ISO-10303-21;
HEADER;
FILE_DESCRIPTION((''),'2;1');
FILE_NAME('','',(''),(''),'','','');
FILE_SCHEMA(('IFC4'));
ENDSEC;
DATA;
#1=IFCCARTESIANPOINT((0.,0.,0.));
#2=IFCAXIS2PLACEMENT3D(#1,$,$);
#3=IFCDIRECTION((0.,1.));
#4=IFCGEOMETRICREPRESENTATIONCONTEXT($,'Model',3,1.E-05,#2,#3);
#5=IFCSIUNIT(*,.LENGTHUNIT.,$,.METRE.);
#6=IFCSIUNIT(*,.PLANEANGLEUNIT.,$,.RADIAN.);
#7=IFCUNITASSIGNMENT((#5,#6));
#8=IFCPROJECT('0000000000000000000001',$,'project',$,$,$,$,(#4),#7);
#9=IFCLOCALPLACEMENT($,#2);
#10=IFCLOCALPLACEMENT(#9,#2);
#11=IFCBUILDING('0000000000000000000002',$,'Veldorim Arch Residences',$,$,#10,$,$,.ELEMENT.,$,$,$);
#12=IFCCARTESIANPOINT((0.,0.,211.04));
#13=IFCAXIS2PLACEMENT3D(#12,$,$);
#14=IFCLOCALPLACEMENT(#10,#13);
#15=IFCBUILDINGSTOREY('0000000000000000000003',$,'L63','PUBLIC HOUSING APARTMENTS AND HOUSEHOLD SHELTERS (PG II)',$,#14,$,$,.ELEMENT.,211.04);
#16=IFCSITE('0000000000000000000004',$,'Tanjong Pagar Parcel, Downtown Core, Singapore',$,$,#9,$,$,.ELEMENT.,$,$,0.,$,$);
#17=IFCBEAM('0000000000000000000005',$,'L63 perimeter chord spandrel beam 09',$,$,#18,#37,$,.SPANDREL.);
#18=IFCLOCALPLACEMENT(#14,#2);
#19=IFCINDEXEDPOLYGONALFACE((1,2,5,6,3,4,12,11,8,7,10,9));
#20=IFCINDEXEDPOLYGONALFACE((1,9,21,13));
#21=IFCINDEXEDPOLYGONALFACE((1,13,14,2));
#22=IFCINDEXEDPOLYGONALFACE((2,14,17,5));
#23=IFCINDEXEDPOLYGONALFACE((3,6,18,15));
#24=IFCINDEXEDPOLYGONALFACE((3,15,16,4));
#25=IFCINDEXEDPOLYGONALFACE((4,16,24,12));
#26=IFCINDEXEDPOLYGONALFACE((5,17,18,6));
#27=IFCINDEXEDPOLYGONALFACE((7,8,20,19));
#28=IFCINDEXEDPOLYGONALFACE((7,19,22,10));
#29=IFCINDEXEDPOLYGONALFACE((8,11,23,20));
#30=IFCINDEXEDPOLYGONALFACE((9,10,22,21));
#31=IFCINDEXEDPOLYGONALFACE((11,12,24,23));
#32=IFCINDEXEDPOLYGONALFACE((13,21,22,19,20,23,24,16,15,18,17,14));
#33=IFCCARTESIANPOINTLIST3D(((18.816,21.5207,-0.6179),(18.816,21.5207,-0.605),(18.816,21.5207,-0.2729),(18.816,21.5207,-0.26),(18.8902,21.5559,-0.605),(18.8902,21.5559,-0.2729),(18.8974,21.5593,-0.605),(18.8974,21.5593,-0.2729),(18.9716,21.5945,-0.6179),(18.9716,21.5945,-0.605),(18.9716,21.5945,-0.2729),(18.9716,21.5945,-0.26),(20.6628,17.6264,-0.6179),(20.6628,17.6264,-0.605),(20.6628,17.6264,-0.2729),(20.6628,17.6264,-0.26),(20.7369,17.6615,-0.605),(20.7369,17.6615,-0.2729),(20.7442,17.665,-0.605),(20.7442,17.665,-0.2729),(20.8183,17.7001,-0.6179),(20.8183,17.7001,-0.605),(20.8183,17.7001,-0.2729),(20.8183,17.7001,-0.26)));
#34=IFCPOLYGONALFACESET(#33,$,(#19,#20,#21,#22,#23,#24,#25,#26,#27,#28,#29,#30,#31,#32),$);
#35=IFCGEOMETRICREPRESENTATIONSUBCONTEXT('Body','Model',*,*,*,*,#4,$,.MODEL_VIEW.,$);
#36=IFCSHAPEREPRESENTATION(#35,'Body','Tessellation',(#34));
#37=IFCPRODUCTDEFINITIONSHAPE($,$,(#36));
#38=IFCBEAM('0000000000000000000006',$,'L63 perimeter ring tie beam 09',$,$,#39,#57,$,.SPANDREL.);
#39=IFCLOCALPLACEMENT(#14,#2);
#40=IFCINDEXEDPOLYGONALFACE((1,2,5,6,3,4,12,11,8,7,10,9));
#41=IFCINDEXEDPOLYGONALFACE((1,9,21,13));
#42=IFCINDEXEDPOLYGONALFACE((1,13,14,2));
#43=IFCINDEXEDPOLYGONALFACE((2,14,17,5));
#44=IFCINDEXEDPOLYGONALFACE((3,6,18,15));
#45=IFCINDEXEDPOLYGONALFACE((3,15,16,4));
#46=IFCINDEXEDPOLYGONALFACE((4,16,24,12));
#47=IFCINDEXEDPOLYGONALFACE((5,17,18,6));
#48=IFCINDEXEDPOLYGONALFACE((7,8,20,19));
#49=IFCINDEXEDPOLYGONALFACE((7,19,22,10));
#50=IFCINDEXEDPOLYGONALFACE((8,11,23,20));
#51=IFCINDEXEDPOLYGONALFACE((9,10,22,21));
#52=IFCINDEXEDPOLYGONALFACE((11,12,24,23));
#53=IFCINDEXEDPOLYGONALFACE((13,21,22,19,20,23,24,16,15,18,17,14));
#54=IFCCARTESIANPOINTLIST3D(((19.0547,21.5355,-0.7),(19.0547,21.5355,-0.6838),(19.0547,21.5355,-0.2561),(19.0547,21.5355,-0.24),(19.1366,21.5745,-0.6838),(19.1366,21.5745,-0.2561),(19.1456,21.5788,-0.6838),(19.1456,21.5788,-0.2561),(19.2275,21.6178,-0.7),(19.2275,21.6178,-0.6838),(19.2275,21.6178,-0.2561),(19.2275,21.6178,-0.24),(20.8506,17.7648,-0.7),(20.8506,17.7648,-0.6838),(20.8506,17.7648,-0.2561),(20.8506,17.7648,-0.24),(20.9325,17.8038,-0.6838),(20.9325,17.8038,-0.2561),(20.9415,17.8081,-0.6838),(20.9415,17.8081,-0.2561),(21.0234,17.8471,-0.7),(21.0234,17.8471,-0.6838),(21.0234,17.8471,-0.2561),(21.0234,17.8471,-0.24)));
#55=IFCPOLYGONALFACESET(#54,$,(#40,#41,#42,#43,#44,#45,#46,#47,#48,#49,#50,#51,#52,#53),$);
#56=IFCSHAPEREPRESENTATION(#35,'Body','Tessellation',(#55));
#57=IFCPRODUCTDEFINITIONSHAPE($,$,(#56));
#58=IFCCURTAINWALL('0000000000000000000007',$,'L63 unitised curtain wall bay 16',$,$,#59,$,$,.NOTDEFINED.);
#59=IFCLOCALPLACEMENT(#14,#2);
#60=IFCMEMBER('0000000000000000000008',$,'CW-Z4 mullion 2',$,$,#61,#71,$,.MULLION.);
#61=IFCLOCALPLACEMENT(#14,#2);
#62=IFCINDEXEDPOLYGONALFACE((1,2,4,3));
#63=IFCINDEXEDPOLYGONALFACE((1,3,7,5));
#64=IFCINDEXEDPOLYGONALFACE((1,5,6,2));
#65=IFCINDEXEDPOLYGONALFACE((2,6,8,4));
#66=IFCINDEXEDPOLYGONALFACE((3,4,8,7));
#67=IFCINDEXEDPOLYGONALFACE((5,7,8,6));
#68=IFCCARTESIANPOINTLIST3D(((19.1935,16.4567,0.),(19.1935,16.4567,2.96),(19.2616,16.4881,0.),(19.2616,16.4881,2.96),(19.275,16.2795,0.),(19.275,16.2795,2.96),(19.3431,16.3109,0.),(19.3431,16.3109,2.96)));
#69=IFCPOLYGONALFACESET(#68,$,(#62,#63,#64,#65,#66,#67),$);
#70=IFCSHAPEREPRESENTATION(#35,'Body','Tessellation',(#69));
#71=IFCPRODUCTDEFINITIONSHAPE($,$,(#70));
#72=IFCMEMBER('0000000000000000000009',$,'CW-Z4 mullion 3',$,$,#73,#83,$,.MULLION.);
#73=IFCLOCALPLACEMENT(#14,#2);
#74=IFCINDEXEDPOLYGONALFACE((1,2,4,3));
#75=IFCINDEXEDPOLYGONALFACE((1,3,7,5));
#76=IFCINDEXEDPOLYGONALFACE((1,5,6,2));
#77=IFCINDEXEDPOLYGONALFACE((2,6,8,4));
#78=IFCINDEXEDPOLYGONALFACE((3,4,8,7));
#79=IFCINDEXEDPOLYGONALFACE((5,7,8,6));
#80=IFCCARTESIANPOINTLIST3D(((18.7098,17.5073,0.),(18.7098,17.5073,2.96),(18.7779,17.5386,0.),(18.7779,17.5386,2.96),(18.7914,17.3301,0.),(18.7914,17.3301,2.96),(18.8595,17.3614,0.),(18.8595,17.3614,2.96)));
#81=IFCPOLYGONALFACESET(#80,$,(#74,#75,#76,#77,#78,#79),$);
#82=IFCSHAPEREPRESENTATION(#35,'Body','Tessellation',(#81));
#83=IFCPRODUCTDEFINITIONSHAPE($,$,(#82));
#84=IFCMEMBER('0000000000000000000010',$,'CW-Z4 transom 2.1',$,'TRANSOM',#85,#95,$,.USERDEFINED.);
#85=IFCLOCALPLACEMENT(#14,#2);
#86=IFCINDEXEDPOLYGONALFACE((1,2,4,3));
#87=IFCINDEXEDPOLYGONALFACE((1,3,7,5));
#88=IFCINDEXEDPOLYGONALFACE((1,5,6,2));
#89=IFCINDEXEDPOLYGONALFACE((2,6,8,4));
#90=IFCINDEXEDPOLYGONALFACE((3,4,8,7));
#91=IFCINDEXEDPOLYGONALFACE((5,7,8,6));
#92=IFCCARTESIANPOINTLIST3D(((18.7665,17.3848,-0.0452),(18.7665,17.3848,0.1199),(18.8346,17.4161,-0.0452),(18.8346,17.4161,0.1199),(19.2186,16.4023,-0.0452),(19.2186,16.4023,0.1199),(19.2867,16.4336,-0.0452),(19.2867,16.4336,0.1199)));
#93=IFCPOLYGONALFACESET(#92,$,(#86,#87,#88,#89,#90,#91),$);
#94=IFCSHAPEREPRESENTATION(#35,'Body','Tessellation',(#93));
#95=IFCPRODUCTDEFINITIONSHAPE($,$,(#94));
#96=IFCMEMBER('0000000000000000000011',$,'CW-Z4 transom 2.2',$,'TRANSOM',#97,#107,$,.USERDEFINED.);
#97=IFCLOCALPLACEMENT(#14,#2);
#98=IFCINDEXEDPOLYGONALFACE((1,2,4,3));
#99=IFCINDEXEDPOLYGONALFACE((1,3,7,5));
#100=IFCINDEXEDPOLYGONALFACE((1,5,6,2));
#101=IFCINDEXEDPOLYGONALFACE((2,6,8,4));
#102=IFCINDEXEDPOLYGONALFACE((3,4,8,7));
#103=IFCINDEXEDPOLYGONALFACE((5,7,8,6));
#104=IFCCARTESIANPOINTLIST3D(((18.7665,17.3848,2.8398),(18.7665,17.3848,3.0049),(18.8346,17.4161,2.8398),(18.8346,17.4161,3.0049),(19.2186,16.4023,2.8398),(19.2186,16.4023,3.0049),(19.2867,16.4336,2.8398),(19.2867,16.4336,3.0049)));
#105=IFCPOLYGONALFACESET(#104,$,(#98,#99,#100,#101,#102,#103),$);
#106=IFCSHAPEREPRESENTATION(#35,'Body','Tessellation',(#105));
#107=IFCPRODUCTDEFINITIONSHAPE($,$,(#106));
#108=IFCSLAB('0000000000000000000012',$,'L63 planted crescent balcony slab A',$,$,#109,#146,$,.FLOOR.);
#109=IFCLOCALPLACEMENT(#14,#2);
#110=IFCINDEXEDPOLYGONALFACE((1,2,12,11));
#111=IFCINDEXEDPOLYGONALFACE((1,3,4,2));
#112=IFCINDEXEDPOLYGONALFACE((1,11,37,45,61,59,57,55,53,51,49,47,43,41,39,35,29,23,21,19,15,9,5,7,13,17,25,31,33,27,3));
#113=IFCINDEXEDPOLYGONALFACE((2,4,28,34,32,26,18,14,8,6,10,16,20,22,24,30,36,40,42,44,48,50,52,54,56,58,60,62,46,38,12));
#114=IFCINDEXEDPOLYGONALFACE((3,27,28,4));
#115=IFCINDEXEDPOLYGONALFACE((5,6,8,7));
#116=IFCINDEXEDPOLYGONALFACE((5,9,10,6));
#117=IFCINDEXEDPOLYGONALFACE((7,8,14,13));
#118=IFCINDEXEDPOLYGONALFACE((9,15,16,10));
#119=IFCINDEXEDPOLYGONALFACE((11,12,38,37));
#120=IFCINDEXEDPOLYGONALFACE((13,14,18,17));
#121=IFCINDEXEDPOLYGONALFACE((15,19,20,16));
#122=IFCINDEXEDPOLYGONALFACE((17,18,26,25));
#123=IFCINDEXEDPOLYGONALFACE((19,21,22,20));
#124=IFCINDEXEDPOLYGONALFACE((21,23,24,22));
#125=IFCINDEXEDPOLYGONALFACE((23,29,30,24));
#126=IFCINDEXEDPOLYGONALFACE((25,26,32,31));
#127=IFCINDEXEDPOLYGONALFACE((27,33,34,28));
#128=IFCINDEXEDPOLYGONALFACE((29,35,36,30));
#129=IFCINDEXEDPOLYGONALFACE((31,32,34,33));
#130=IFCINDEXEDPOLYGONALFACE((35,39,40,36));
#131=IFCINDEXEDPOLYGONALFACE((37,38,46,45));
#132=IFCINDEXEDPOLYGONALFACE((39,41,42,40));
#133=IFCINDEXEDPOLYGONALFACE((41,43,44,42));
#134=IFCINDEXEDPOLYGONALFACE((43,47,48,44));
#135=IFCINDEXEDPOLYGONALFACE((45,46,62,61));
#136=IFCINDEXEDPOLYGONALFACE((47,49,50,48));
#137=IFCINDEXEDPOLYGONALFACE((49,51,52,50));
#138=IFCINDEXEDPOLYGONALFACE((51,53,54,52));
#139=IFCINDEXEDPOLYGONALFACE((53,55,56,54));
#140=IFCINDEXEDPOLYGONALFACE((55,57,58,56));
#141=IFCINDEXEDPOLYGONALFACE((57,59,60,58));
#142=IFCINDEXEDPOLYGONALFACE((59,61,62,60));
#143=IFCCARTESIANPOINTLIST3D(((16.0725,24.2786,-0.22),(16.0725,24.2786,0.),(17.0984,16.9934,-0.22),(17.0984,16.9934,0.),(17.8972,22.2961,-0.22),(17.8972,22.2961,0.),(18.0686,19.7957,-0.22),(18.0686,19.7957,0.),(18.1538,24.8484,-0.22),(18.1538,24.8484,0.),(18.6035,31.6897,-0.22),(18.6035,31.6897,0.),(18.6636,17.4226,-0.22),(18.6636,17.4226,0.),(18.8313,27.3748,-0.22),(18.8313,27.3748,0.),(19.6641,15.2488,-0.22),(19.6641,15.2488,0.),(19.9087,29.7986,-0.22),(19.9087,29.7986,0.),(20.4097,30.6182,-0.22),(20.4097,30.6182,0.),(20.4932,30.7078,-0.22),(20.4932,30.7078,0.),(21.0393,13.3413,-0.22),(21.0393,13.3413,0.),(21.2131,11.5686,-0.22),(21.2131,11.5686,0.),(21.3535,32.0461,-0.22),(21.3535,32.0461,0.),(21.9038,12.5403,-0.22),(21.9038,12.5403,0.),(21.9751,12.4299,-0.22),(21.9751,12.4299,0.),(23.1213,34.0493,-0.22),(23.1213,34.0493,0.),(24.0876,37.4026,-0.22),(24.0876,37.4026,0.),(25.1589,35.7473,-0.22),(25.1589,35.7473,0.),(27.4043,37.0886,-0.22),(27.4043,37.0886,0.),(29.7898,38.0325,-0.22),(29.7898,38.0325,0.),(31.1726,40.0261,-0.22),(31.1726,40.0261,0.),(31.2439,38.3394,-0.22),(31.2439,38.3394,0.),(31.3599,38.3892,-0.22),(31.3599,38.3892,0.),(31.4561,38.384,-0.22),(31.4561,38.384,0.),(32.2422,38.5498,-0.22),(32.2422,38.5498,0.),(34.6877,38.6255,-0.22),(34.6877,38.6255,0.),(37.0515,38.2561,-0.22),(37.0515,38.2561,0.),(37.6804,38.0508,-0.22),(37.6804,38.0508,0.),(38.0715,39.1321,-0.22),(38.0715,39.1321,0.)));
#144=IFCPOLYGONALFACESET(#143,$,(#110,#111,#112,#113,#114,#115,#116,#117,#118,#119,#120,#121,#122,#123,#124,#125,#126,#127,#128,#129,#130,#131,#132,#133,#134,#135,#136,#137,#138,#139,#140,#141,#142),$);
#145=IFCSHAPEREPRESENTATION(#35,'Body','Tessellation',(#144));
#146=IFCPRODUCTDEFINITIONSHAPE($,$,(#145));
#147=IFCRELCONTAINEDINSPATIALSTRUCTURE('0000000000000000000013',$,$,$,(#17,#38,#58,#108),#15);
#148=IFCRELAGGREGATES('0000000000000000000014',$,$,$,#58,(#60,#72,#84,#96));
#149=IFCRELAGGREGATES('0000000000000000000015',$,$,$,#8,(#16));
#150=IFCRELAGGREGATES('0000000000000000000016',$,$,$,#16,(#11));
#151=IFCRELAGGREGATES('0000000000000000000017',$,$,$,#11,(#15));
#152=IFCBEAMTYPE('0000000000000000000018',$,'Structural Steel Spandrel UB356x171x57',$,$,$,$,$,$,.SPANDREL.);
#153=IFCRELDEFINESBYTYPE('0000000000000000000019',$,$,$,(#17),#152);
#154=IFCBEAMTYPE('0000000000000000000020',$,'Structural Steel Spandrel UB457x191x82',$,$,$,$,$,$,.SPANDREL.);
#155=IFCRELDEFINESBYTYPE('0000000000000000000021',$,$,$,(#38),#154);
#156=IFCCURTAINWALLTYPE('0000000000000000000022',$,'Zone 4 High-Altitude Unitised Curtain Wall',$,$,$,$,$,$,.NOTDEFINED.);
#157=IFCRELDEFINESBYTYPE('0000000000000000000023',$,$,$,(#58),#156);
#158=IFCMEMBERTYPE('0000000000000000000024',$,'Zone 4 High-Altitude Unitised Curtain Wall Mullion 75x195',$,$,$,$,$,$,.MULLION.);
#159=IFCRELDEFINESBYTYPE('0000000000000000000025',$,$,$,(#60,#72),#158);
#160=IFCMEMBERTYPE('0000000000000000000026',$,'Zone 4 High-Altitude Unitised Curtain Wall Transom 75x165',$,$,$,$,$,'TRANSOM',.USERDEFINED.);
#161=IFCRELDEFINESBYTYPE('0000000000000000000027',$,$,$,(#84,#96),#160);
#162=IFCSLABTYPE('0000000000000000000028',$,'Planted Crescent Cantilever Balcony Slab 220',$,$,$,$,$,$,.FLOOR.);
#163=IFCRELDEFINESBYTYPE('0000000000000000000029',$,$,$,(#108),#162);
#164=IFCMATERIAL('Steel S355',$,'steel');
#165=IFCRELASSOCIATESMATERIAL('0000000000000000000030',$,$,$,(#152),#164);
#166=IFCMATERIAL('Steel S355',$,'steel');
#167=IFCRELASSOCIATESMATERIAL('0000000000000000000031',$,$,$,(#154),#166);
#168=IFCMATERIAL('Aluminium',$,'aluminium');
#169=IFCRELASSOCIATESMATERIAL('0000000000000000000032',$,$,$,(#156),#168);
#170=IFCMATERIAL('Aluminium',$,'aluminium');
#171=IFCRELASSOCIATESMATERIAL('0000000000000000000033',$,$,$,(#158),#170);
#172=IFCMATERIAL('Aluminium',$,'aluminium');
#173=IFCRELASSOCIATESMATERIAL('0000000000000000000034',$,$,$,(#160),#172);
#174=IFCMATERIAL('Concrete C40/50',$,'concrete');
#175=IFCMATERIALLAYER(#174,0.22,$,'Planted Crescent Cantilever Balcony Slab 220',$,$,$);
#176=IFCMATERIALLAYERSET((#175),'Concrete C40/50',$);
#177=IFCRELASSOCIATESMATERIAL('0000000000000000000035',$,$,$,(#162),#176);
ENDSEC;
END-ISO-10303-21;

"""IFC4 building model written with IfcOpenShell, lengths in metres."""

from ifc_helpers import new_model, si_unit, direction, frame, origin, origin_2d, place, context, subcontext, project, spatial, polyline, rectangle, i_section, outline, extrude, material, layer, layer_set, material_profile, profile_set, type_object, element, aggregate, save


model = new_model("IFC4")

# Units and contexts
model_context = context("Model", 3, precision=1e-05, world=origin(), true_north=direction((0.0, 1.0)))
body_context = subcontext(model_context, "Body", "Model", "MODEL_VIEW")
ifc_project = project(units=[si_unit("LENGTHUNIT", "METRE"), si_unit("PLANEANGLEUNIT", "RADIAN")], contexts=[model_context])

# Site, building, storey
site_placement = place(None, origin())
site = spatial("IfcSite", under=ifc_project, at=site_placement, Name="Tanjong Pagar Parcel, Downtown Core, Singapore", CompositionType="ELEMENT", RefElevation=0.0)
building_placement = place(site_placement, origin())
building = spatial("IfcBuilding", under=site, at=building_placement, Name="Veldorim Arch Residences", CompositionType="ELEMENT")
storey_placement = place(building_placement, frame((0.0, 0.0, 211.04)))
storey = spatial("IfcBuildingStorey", under=building, at=storey_placement, Name="L63", Description="PUBLIC HOUSING APARTMENTS AND HOUSEHOLD SHELTERS (PG II)", CompositionType="ELEMENT", Elevation=211.04)

# Beams
ifc_material_1 = material(Name="Steel S355", Category="steel")
ifc_material_profile_1 = material_profile(ifc_material_1, i_section(OverallWidth=0.1721, OverallDepth=0.3579, WebThickness=0.0081, FlangeThickness=0.0129, at=origin_2d()), Name="UB356x171x57")
ifc_profile_set_1 = profile_set([ifc_material_profile_1], Name="Steel S355")
beam_type_1 = type_object("IfcBeamType", Name="Structural Steel Spandrel UB356x171x57", PredefinedType="SPANDREL", material=ifc_profile_set_1)
beam_1_placement = place(storey_placement, frame((18.8938, 21.5576, -0.439), z_axis=(0.428469, -0.903557, 0.0), x_axis=(0.903557, 0.428469, 0.0)))
element("IfcBeam", 1, at=beam_1_placement, inside=storey, type_object=beam_type_1, Name="L63 perimeter chord spandrel beam 09", PredefinedType="SPANDREL", context=body_context, shape_type="SweptSolid", body=[
    extrude(i_section(OverallWidth=0.1721, OverallDepth=0.3579, WebThickness=0.0081, FlangeThickness=0.0129, at=origin_2d()), origin(), (0.0, 0.0, 1.0), 4.3101),
])
ifc_material_2 = material(Name="Steel S355", Category="steel")
ifc_material_profile_2 = material_profile(ifc_material_2, i_section(OverallWidth=0.1914, OverallDepth=0.46, WebThickness=0.01, FlangeThickness=0.0161, at=origin_2d()), Name="UB457x191x82")
ifc_profile_set_2 = profile_set([ifc_material_profile_2], Name="Steel S355")
beam_type_2 = type_object("IfcBeamType", Name="Structural Steel Spandrel UB457x191x82", PredefinedType="SPANDREL", material=ifc_profile_set_2)
beam_2_placement = place(storey_placement, frame((19.1411, 21.5767, -0.47), z_axis=(0.429993, -0.902832, 0.0), x_axis=(0.902832, 0.429993, 0.0)))
element("IfcBeam", 2, at=beam_2_placement, inside=storey, type_object=beam_type_2, Name="L63 perimeter ring tie beam 09", PredefinedType="SPANDREL", context=body_context, shape_type="SweptSolid", body=[
    extrude(i_section(OverallWidth=0.1914, OverallDepth=0.46, WebThickness=0.01, FlangeThickness=0.0161, at=origin_2d()), origin(), (0.0, 0.0, 1.0), 4.1765),
])

# Curtain wall, members
ifc_material_3 = material(Name="Aluminium", Category="aluminium")
curtain_wall_type = type_object("IfcCurtainWallType", Name="Zone 4 High-Altitude Unitised Curtain Wall", PredefinedType="NOTDEFINED", material=ifc_material_3)
curtain_wall_placement = place(storey_placement, origin())
curtain_wall = element("IfcCurtainWall", 3, at=curtain_wall_placement, inside=storey, type_object=curtain_wall_type, Name="L63 unitised curtain wall bay 16", PredefinedType="NOTDEFINED")
ifc_material_4 = material(Name="Aluminium", Category="aluminium")
ifc_material_profile_3 = material_profile(ifc_material_4, rectangle(XDim=0.075, YDim=0.1951, at=origin_2d()), Name="ALU_MUL_75x195")
ifc_profile_set_3 = profile_set([ifc_material_profile_3], Name="Aluminium")
member_type_1 = type_object("IfcMemberType", Name="Zone 4 High-Altitude Unitised Curtain Wall Mullion 75x195", PredefinedType="MULLION", material=ifc_profile_set_3)
member_1_placement = place(storey_placement, frame((19.2683, 16.3838, 0.0), z_axis=(0.0, 0.0, 1.0), x_axis=(-0.9084, -0.418102, 0.0)))
member_1 = element("IfcMember", 4, at=member_1_placement, type_object=member_type_1, Name="CW-Z4 mullion 2", PredefinedType="MULLION", context=body_context, shape_type="SweptSolid", body=[
    extrude(rectangle(XDim=0.075, YDim=0.1951, at=origin_2d()), origin(), (0.0, 0.0, 1.0), 2.96),
])
member_2_placement = place(storey_placement, frame((18.7847, 17.4343, 0.0), z_axis=(0.0, 0.0, 1.0), x_axis=(-0.9084, -0.418102, 0.0)))
member_2 = element("IfcMember", 5, at=member_2_placement, type_object=member_type_1, Name="CW-Z4 mullion 3", PredefinedType="MULLION", context=body_context, shape_type="SweptSolid", body=[
    extrude(rectangle(XDim=0.075, YDim=0.1951, at=origin_2d()), origin(), (0.0, 0.0, 1.0), 2.96),
])
ifc_material_5 = material(Name="Aluminium", Category="aluminium")
ifc_material_profile_4 = material_profile(ifc_material_5, rectangle(XDim=0.075, YDim=0.165, at=origin_2d()), Name="ALU_TRN_75x165")
ifc_profile_set_4 = profile_set([ifc_material_profile_4], Name="Aluminium")
member_type_2 = type_object("IfcMemberType", Name="Zone 4 High-Altitude Unitised Curtain Wall Transom 75x165", ElementType="TRANSOM", PredefinedType="USERDEFINED", material=ifc_profile_set_4)
member_3_placement = place(storey_placement, frame((19.2527, 16.418, 0.0374), z_axis=(-0.418084, 0.908408, 0.0), x_axis=(-0.908408, -0.418084, 0.0)))
member_3 = element("IfcMember", 6, at=member_3_placement, type_object=member_type_2, Name="CW-Z4 transom 2.1", ObjectType="TRANSOM", PredefinedType="USERDEFINED", context=body_context, shape_type="SweptSolid", body=[
    extrude(rectangle(XDim=0.075, YDim=0.165, at=origin_2d()), origin(), (0.0, 0.0, 1.0), 1.0815),
])
member_4_placement = place(storey_placement, frame((19.2527, 16.418, 2.9224), z_axis=(-0.418084, 0.908408, 0.0), x_axis=(-0.908408, -0.418084, 0.0)))
member_4 = element("IfcMember", 7, at=member_4_placement, type_object=member_type_2, Name="CW-Z4 transom 2.2", ObjectType="TRANSOM", PredefinedType="USERDEFINED", context=body_context, shape_type="SweptSolid", body=[
    extrude(rectangle(XDim=0.075, YDim=0.165, at=origin_2d()), origin(), (0.0, 0.0, 1.0), 1.0815),
])

# Slab
ifc_material_6 = material(Name="Concrete C40/50", Category="concrete")
ifc_layer_1 = layer(ifc_material_6, 0.22, Name="Planted Crescent Cantilever Balcony Slab 220")
ifc_layer_set_1 = layer_set([ifc_layer_1], Name="Concrete C40/50")
slab_type_1 = type_object("IfcSlabType", Name="Planted Crescent Cantilever Balcony Slab 220", PredefinedType="FLOOR", material=ifc_layer_set_1)
slab_1_placement = place(storey_placement, frame((0.0, 0.0, -0.22)))
element("IfcSlab", 8, at=slab_1_placement, inside=storey, type_object=slab_type_1, Name="L63 planted crescent balcony slab A", PredefinedType="FLOOR", context=body_context, shape_type="SweptSolid", body=[
    extrude(outline(polyline([(37.6804, 38.0508), (37.0515, 38.2561), (34.6877, 38.6255), (32.2422, 38.5498), (31.4561, 38.384), (31.3599, 38.3892), (31.2439, 38.3394), (29.7898, 38.0325), (27.4043, 37.0886), (25.1589, 35.7473), (23.1213, 34.0493), (21.3535, 32.0461), (20.4932, 30.7078), (20.4097, 30.6182), (19.9087, 29.7986), (18.8313, 27.3748), (18.1538, 24.8484), (17.8972, 22.2961), (18.0686, 19.7957), (18.6636, 17.4226), (19.6641, 15.2488), (21.0393, 13.3413), (21.9038, 12.5403), (21.9751, 12.4299), (21.2131, 11.5686), (17.0984, 16.9934), (16.0725, 24.2786), (18.6035, 31.6897), (24.0876, 37.4026), (31.1726, 40.0261), (38.0715, 39.1321), (37.6804, 38.0508)])), origin(), (0.0, 0.0, 1.0), 0.22),
])

aggregate(curtain_wall, [member_1, member_2, member_3, member_4])

save(model, "model.ifc")
